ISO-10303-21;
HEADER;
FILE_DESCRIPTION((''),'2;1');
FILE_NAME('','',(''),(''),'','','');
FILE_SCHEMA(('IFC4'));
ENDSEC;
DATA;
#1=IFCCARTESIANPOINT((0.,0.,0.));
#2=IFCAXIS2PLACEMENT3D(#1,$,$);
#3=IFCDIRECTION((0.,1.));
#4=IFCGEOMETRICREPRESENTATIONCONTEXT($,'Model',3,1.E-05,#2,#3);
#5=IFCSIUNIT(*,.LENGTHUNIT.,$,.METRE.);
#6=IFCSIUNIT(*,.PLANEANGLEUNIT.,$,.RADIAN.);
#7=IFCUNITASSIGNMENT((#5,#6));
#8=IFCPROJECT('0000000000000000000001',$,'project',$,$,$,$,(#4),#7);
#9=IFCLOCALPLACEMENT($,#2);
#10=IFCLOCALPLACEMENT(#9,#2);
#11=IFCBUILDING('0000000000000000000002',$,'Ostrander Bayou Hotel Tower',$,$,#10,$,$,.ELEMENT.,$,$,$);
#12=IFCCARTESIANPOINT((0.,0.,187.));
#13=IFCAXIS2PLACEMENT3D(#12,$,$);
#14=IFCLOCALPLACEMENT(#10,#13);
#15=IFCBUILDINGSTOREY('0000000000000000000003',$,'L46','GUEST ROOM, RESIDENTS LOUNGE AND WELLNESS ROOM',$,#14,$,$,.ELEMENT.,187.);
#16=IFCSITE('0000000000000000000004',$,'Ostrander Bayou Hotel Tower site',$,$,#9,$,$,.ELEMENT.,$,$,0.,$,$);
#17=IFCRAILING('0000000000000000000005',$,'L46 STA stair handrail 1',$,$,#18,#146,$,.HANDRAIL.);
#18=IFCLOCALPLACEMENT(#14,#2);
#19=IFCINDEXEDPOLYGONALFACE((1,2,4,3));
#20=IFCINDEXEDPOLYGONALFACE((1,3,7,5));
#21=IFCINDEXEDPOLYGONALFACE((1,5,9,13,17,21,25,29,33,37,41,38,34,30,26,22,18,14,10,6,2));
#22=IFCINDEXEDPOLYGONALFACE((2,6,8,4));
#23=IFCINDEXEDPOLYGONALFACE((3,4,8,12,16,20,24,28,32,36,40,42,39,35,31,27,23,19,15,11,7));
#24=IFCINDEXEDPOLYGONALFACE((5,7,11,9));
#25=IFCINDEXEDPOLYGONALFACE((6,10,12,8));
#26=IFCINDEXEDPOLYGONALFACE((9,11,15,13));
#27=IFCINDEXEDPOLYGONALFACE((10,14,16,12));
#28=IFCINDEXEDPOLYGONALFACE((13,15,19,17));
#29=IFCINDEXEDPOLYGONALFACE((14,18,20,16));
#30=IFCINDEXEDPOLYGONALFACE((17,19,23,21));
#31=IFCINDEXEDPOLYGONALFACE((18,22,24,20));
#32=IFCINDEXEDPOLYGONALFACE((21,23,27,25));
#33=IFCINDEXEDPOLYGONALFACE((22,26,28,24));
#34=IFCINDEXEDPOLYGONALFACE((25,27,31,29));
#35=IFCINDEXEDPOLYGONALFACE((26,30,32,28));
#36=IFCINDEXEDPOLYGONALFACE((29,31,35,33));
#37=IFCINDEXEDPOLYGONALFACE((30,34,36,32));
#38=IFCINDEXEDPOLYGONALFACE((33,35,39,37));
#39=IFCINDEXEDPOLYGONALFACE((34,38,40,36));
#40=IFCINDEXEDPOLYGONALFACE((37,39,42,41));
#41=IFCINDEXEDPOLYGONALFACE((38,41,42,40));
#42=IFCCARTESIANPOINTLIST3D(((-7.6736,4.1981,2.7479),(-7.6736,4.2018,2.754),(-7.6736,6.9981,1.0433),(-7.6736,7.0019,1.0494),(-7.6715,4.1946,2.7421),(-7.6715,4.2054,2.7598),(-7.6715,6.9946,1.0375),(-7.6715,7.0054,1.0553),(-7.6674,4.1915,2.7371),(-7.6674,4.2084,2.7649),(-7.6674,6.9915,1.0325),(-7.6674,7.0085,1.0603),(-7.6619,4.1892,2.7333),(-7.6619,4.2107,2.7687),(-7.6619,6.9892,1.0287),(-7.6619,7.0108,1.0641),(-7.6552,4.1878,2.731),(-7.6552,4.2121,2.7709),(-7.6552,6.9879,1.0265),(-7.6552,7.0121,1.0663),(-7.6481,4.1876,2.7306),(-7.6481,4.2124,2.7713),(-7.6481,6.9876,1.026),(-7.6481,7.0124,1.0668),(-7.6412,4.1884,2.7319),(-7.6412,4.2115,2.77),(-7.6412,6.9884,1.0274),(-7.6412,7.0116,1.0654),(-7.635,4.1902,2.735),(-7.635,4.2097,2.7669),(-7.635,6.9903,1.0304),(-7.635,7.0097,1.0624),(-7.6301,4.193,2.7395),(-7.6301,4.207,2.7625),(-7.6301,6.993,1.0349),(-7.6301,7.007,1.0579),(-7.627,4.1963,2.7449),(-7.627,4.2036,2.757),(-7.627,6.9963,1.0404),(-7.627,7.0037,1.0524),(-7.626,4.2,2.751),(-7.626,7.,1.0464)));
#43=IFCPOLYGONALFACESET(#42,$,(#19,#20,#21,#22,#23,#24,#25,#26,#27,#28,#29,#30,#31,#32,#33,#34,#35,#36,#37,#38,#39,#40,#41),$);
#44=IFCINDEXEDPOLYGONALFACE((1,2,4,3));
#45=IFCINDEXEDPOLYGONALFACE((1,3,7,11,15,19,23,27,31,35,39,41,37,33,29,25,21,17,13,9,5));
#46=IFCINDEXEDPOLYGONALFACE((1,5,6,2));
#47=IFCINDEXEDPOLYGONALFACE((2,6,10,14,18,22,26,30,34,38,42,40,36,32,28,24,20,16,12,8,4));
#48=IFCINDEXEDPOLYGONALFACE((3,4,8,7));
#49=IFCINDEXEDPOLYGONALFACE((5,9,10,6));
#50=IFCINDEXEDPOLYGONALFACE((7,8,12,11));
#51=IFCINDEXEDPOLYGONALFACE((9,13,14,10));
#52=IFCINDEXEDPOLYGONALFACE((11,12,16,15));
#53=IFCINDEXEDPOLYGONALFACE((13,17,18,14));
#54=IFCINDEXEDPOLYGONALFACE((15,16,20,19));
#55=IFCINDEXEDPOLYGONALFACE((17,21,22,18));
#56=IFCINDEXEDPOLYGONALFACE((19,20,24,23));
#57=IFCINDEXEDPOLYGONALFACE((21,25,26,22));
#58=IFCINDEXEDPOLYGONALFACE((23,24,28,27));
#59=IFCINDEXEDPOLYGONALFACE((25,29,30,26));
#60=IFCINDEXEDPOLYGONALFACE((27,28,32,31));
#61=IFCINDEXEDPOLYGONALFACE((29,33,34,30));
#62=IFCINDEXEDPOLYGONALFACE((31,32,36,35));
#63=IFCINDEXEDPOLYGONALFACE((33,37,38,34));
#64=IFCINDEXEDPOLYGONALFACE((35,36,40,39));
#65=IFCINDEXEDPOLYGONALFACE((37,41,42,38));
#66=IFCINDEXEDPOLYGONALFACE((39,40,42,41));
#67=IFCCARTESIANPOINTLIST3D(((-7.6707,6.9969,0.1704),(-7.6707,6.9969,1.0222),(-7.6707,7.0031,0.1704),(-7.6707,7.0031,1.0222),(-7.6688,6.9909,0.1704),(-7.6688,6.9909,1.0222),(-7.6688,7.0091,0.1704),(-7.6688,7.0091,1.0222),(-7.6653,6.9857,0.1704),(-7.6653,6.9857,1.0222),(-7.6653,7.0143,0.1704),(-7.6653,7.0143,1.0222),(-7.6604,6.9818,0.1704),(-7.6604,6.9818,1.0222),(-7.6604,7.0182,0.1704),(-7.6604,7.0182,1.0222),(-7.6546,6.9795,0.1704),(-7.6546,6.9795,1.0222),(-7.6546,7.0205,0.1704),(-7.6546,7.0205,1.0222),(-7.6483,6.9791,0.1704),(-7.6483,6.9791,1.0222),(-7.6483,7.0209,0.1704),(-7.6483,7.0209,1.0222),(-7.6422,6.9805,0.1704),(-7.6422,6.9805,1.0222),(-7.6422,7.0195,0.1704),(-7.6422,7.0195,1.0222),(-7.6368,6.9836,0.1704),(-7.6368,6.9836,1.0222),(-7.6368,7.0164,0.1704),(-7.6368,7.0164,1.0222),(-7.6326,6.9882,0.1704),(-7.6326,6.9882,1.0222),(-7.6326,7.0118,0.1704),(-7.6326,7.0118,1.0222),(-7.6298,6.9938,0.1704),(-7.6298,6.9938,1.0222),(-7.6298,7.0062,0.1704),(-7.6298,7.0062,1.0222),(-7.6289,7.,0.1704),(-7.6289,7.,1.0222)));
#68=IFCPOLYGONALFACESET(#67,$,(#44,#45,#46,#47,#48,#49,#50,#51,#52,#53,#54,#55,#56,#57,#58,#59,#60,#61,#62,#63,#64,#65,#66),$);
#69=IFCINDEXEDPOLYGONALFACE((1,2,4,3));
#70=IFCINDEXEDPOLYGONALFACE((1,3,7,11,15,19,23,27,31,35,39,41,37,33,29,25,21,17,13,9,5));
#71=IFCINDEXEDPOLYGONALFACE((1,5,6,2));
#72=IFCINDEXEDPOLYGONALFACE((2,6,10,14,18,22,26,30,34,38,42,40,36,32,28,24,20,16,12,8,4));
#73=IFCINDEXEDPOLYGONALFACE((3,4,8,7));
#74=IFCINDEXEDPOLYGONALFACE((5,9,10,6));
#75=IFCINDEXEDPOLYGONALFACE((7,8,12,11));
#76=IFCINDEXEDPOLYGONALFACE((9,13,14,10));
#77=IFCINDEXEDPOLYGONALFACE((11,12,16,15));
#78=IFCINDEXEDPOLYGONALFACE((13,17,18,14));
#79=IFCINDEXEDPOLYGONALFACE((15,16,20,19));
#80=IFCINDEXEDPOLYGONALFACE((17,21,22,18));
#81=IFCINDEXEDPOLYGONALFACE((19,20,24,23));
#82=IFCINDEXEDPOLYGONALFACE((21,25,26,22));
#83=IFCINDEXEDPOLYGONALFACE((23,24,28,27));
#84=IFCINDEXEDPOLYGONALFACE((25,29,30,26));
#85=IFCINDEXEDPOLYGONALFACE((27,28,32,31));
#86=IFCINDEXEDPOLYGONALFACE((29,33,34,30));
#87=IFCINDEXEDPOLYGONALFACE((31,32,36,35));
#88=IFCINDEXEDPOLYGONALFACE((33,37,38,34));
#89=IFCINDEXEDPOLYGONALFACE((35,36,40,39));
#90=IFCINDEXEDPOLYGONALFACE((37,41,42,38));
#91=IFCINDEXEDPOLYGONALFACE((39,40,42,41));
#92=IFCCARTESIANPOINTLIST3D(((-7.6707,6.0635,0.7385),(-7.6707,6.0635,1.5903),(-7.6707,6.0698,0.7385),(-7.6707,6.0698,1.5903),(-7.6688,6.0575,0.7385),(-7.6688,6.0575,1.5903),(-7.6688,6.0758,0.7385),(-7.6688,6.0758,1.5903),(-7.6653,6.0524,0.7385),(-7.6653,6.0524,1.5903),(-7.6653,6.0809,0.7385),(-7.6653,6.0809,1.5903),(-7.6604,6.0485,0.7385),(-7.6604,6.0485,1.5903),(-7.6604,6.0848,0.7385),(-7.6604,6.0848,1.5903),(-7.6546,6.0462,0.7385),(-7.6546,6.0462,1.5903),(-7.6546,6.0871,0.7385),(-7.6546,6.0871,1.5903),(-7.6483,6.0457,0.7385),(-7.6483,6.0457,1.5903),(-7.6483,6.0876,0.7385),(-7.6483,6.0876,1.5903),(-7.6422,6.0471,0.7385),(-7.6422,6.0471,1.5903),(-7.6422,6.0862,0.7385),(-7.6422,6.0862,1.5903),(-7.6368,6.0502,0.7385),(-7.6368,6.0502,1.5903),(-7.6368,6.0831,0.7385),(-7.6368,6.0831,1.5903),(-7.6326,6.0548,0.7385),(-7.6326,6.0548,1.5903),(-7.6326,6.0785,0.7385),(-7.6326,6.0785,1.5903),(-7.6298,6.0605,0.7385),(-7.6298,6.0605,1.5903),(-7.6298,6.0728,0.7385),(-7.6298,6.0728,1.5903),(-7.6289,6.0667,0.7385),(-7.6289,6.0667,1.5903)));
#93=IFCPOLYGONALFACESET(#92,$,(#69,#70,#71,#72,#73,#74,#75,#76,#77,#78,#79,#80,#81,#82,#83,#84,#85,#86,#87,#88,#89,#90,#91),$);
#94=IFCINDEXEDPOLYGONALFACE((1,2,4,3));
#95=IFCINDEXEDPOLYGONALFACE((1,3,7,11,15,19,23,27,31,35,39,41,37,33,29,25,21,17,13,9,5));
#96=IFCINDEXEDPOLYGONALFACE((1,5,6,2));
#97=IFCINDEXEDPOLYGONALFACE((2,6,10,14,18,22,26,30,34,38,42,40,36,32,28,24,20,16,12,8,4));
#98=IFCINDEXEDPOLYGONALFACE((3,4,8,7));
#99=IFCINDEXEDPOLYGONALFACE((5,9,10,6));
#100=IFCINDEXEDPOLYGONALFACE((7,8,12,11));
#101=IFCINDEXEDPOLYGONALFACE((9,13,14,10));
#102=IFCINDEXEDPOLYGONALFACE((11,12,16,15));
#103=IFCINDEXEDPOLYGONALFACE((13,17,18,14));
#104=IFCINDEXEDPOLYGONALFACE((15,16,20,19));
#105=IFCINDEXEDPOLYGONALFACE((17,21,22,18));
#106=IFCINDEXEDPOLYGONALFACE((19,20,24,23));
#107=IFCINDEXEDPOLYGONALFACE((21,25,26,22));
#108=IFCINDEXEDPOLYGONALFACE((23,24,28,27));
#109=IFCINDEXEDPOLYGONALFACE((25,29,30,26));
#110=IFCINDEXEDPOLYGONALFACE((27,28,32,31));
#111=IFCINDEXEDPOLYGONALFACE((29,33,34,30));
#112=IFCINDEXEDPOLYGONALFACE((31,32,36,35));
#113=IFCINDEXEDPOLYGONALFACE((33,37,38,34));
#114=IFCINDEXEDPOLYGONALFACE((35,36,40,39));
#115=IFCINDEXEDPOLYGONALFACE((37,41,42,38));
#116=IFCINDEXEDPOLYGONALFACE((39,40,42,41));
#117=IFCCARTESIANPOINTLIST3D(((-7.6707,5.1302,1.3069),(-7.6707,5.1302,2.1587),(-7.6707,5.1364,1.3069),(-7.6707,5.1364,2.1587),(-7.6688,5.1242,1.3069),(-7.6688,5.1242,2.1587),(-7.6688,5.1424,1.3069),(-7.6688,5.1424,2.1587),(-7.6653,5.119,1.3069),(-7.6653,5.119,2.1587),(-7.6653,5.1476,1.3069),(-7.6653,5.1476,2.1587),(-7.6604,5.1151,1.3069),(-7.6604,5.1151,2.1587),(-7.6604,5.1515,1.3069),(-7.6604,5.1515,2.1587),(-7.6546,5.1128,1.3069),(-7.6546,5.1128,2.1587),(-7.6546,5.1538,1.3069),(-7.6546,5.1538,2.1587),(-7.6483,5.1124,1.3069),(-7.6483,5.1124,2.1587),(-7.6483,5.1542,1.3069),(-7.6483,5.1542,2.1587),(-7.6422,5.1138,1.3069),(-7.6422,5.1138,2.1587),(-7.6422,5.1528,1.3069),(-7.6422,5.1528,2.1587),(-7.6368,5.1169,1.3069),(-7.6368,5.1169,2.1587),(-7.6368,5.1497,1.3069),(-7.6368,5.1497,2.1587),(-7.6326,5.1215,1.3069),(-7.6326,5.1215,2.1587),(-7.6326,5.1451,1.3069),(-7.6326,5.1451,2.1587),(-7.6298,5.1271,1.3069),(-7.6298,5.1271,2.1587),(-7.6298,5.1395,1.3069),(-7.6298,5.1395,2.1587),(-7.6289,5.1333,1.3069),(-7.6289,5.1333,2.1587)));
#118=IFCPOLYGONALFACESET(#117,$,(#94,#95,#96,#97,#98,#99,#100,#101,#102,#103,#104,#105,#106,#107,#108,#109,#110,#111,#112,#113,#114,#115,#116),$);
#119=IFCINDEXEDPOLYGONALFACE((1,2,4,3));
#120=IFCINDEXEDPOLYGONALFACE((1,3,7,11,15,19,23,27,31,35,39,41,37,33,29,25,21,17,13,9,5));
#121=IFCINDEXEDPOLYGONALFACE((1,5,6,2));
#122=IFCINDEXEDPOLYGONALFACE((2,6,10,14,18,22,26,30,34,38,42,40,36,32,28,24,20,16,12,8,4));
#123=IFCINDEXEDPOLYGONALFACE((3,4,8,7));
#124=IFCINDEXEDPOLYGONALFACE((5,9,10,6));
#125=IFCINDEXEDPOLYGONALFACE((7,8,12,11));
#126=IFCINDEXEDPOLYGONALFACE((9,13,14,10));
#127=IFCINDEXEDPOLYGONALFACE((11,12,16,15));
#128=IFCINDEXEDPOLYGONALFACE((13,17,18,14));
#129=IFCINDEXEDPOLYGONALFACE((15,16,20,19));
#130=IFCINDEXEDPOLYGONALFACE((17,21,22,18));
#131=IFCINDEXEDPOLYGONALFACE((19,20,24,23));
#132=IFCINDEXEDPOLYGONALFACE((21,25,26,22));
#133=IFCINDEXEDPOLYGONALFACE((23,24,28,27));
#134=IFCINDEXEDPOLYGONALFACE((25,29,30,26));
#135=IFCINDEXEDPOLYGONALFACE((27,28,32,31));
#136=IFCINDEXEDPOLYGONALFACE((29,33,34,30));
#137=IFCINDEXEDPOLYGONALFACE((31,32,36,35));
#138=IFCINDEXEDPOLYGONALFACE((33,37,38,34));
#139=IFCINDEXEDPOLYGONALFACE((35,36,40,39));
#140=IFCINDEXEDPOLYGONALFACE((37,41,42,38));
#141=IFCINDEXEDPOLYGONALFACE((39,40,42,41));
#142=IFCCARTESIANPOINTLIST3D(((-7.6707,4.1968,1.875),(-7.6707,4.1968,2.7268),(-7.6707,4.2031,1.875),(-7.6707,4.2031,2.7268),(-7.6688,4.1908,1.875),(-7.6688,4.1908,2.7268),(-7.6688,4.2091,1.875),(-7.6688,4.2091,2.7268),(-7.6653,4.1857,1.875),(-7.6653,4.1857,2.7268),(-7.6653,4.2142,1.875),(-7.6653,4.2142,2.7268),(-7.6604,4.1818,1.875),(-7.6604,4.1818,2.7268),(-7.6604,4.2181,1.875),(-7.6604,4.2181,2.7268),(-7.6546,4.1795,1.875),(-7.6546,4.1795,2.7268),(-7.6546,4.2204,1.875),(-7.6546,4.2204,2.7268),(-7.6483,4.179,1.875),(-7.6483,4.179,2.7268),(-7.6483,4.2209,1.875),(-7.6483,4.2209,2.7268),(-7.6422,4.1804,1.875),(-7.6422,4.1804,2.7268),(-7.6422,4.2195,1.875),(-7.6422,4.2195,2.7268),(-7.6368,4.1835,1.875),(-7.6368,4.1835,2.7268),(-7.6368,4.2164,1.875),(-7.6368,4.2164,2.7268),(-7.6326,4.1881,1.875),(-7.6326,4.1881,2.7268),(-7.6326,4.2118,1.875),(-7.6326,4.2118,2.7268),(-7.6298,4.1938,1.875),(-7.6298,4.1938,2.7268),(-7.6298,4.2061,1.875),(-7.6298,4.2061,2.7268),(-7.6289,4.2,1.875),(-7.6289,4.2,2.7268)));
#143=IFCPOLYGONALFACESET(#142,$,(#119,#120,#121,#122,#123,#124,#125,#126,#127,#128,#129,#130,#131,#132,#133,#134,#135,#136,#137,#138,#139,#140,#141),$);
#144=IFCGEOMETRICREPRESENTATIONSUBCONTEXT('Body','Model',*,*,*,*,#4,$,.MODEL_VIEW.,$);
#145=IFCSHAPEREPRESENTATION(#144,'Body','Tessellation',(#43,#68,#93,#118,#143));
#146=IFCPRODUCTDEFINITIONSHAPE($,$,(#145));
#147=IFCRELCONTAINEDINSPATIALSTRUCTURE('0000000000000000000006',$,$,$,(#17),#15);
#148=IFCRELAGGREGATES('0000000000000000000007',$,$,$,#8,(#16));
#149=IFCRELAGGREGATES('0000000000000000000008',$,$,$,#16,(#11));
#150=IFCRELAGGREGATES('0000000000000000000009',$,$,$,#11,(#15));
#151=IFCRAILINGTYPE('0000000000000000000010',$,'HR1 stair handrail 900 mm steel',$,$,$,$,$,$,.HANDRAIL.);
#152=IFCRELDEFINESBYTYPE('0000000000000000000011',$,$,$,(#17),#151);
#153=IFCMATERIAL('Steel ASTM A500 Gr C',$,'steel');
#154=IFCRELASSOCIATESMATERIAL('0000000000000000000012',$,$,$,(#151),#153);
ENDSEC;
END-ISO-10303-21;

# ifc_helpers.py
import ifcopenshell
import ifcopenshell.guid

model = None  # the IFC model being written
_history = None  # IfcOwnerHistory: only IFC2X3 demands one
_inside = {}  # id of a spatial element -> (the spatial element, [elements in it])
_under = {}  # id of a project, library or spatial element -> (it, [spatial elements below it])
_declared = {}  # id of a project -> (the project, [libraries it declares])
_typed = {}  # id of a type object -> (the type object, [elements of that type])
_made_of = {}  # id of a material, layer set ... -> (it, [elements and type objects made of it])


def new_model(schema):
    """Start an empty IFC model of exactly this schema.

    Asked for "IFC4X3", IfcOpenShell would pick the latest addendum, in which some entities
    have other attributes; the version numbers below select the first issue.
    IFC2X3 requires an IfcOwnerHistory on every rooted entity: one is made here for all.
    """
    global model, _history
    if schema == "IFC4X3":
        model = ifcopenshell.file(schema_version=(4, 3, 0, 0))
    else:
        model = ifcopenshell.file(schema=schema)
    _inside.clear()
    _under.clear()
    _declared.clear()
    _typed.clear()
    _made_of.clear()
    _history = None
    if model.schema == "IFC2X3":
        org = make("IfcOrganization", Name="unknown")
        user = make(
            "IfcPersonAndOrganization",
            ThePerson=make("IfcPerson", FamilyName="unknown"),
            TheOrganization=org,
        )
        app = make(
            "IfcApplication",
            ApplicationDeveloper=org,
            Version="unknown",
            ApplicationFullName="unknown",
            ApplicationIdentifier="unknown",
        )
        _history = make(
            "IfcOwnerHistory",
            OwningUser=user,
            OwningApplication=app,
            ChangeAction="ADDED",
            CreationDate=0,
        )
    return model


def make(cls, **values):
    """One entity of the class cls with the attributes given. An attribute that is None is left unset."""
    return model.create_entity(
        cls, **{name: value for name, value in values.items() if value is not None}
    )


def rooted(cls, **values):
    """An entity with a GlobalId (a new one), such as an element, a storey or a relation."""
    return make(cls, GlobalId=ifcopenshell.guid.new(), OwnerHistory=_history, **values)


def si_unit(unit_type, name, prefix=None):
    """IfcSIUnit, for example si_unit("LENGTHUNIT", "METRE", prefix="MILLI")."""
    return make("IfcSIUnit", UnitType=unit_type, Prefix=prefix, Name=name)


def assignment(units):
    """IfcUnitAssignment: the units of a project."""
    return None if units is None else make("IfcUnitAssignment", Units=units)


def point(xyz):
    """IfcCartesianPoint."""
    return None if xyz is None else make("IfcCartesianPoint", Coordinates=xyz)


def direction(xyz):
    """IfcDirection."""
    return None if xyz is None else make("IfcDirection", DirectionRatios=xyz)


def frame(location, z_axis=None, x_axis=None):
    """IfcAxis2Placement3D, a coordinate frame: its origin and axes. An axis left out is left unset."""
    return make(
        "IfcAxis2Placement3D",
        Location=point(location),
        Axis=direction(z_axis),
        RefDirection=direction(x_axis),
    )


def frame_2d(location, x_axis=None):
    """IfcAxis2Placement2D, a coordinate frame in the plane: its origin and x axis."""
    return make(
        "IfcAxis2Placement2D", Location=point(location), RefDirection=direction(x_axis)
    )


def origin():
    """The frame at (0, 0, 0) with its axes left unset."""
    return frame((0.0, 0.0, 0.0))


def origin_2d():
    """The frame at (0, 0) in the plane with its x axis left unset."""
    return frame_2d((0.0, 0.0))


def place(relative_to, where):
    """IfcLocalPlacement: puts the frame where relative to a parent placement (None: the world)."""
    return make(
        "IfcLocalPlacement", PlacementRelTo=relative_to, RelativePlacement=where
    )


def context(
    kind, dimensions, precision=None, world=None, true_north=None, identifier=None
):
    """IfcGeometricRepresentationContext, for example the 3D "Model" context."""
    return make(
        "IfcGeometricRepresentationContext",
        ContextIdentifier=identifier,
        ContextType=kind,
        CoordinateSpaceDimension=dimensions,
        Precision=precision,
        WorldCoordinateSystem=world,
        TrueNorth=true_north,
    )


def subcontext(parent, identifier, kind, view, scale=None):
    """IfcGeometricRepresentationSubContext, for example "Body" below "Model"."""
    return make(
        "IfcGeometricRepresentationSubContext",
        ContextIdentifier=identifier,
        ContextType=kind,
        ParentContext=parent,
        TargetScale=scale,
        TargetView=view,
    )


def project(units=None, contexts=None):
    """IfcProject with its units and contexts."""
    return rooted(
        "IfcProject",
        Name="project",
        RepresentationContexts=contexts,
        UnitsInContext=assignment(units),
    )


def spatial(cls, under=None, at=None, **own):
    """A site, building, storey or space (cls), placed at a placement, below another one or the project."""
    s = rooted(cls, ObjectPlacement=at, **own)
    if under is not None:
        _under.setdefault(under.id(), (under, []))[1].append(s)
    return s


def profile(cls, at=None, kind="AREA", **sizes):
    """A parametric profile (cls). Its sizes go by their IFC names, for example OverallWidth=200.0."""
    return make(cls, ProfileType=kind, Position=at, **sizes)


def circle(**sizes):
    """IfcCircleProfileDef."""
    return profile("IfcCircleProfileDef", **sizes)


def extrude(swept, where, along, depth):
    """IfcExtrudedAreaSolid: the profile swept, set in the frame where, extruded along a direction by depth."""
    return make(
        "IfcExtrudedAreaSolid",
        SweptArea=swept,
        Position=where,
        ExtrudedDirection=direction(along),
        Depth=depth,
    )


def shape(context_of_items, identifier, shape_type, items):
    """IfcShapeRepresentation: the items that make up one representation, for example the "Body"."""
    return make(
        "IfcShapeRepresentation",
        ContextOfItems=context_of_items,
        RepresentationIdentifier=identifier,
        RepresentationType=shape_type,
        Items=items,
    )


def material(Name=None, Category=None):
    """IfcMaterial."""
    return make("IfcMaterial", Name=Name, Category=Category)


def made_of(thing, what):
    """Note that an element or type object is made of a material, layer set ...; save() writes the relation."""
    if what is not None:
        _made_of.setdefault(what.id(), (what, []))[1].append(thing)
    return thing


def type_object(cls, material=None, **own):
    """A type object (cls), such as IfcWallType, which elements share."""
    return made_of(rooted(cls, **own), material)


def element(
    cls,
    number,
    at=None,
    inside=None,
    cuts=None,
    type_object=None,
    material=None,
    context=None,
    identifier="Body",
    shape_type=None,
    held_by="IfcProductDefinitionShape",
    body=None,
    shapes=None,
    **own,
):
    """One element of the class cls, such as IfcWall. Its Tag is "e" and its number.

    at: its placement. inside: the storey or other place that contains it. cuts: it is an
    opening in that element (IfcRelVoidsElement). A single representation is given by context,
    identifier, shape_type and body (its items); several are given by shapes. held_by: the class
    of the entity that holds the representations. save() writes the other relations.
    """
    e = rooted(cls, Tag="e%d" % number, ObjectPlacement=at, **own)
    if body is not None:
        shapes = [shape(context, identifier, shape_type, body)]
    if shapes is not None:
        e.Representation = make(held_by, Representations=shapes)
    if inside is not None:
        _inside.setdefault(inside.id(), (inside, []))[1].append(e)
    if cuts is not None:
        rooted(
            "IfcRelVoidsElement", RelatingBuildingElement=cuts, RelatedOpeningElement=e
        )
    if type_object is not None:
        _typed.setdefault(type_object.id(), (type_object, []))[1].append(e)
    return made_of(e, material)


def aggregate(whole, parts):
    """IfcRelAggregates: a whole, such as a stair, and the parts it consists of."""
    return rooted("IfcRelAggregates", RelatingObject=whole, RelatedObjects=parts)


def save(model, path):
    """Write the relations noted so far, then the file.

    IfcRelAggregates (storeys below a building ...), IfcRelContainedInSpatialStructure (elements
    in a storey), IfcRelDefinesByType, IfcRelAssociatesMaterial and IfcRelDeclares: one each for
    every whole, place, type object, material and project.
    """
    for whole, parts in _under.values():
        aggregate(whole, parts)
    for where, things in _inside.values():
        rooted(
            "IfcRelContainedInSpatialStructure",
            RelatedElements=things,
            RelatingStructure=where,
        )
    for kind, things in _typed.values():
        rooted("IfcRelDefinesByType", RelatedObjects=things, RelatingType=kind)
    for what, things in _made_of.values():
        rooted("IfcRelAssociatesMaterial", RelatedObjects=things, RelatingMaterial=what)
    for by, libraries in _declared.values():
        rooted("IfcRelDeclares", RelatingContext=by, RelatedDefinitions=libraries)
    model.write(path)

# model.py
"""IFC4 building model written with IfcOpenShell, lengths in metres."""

from ifc_helpers import new_model, si_unit, direction, frame, origin, origin_2d, place, context, subcontext, project, spatial, circle, extrude, material, type_object, element, save


model = new_model("IFC4")

# Units and contexts
model_context = context("Model", 3, precision=1e-05, world=origin(), true_north=direction((0.0, 1.0)))
body_context = subcontext(model_context, "Body", "Model", "MODEL_VIEW")
ifc_project = project(units=[si_unit("LENGTHUNIT", "METRE"), si_unit("PLANEANGLEUNIT", "RADIAN")], contexts=[model_context])

# Site, building, storey
site_placement = place(None, origin())
site = spatial("IfcSite", under=ifc_project, at=site_placement, Name="Ostrander Bayou Hotel Tower site", CompositionType="ELEMENT", RefElevation=0.0)
building_placement = place(site_placement, origin())
building = spatial("IfcBuilding", under=site, at=building_placement, Name="Ostrander Bayou Hotel Tower", CompositionType="ELEMENT")
storey_placement = place(building_placement, frame((0.0, 0.0, 187.0)))
storey = spatial("IfcBuildingStorey", under=building, at=storey_placement, Name="L46", Description="GUEST ROOM, RESIDENTS LOUNGE AND WELLNESS ROOM", CompositionType="ELEMENT", Elevation=187.0)

# Railing
ifc_material_1 = material(Name="Steel ASTM A500 Gr C", Category="steel")
railing_type_1 = type_object("IfcRailingType", Name="HR1 stair handrail 900 mm steel", PredefinedType="HANDRAIL", material=ifc_material_1)
railing_1_placement = place(storey_placement, frame((-7.6499, 7.0, 0.1704)))
element("IfcRailing", 1, at=railing_1_placement, inside=storey, type_object=railing_type_1, Name="L46 STA stair handrail 1", PredefinedType="HANDRAIL", context=body_context, shape_type="SweptSolid", body=[
    extrude(circle(Radius=0.0239, at=origin_2d()), frame((0.0, 0.0, 0.876), z_axis=(0.0, -0.85417, 0.519994), x_axis=(1.0, 0.0, 0.0)), (0.0, 0.0, 1.0), 3.2781),
    extrude(circle(Radius=0.021, at=origin_2d()), origin(), (0.0, 0.0, 1.0), 0.8518),
    extrude(circle(Radius=0.021, at=origin_2d()), frame((0.0, -0.9333, 0.5681)), (0.0, 0.0, 1.0), 0.8518),
    extrude(circle(Radius=0.021, at=origin_2d()), frame((0.0, -1.8667, 1.1365)), (0.0, 0.0, 1.0), 0.8518),
    extrude(circle(Radius=0.021, at=origin_2d()), frame((0.0, -2.8, 1.7046)), (0.0, 0.0, 1.0), 0.8518),
])

save(model, "model.ifc")
